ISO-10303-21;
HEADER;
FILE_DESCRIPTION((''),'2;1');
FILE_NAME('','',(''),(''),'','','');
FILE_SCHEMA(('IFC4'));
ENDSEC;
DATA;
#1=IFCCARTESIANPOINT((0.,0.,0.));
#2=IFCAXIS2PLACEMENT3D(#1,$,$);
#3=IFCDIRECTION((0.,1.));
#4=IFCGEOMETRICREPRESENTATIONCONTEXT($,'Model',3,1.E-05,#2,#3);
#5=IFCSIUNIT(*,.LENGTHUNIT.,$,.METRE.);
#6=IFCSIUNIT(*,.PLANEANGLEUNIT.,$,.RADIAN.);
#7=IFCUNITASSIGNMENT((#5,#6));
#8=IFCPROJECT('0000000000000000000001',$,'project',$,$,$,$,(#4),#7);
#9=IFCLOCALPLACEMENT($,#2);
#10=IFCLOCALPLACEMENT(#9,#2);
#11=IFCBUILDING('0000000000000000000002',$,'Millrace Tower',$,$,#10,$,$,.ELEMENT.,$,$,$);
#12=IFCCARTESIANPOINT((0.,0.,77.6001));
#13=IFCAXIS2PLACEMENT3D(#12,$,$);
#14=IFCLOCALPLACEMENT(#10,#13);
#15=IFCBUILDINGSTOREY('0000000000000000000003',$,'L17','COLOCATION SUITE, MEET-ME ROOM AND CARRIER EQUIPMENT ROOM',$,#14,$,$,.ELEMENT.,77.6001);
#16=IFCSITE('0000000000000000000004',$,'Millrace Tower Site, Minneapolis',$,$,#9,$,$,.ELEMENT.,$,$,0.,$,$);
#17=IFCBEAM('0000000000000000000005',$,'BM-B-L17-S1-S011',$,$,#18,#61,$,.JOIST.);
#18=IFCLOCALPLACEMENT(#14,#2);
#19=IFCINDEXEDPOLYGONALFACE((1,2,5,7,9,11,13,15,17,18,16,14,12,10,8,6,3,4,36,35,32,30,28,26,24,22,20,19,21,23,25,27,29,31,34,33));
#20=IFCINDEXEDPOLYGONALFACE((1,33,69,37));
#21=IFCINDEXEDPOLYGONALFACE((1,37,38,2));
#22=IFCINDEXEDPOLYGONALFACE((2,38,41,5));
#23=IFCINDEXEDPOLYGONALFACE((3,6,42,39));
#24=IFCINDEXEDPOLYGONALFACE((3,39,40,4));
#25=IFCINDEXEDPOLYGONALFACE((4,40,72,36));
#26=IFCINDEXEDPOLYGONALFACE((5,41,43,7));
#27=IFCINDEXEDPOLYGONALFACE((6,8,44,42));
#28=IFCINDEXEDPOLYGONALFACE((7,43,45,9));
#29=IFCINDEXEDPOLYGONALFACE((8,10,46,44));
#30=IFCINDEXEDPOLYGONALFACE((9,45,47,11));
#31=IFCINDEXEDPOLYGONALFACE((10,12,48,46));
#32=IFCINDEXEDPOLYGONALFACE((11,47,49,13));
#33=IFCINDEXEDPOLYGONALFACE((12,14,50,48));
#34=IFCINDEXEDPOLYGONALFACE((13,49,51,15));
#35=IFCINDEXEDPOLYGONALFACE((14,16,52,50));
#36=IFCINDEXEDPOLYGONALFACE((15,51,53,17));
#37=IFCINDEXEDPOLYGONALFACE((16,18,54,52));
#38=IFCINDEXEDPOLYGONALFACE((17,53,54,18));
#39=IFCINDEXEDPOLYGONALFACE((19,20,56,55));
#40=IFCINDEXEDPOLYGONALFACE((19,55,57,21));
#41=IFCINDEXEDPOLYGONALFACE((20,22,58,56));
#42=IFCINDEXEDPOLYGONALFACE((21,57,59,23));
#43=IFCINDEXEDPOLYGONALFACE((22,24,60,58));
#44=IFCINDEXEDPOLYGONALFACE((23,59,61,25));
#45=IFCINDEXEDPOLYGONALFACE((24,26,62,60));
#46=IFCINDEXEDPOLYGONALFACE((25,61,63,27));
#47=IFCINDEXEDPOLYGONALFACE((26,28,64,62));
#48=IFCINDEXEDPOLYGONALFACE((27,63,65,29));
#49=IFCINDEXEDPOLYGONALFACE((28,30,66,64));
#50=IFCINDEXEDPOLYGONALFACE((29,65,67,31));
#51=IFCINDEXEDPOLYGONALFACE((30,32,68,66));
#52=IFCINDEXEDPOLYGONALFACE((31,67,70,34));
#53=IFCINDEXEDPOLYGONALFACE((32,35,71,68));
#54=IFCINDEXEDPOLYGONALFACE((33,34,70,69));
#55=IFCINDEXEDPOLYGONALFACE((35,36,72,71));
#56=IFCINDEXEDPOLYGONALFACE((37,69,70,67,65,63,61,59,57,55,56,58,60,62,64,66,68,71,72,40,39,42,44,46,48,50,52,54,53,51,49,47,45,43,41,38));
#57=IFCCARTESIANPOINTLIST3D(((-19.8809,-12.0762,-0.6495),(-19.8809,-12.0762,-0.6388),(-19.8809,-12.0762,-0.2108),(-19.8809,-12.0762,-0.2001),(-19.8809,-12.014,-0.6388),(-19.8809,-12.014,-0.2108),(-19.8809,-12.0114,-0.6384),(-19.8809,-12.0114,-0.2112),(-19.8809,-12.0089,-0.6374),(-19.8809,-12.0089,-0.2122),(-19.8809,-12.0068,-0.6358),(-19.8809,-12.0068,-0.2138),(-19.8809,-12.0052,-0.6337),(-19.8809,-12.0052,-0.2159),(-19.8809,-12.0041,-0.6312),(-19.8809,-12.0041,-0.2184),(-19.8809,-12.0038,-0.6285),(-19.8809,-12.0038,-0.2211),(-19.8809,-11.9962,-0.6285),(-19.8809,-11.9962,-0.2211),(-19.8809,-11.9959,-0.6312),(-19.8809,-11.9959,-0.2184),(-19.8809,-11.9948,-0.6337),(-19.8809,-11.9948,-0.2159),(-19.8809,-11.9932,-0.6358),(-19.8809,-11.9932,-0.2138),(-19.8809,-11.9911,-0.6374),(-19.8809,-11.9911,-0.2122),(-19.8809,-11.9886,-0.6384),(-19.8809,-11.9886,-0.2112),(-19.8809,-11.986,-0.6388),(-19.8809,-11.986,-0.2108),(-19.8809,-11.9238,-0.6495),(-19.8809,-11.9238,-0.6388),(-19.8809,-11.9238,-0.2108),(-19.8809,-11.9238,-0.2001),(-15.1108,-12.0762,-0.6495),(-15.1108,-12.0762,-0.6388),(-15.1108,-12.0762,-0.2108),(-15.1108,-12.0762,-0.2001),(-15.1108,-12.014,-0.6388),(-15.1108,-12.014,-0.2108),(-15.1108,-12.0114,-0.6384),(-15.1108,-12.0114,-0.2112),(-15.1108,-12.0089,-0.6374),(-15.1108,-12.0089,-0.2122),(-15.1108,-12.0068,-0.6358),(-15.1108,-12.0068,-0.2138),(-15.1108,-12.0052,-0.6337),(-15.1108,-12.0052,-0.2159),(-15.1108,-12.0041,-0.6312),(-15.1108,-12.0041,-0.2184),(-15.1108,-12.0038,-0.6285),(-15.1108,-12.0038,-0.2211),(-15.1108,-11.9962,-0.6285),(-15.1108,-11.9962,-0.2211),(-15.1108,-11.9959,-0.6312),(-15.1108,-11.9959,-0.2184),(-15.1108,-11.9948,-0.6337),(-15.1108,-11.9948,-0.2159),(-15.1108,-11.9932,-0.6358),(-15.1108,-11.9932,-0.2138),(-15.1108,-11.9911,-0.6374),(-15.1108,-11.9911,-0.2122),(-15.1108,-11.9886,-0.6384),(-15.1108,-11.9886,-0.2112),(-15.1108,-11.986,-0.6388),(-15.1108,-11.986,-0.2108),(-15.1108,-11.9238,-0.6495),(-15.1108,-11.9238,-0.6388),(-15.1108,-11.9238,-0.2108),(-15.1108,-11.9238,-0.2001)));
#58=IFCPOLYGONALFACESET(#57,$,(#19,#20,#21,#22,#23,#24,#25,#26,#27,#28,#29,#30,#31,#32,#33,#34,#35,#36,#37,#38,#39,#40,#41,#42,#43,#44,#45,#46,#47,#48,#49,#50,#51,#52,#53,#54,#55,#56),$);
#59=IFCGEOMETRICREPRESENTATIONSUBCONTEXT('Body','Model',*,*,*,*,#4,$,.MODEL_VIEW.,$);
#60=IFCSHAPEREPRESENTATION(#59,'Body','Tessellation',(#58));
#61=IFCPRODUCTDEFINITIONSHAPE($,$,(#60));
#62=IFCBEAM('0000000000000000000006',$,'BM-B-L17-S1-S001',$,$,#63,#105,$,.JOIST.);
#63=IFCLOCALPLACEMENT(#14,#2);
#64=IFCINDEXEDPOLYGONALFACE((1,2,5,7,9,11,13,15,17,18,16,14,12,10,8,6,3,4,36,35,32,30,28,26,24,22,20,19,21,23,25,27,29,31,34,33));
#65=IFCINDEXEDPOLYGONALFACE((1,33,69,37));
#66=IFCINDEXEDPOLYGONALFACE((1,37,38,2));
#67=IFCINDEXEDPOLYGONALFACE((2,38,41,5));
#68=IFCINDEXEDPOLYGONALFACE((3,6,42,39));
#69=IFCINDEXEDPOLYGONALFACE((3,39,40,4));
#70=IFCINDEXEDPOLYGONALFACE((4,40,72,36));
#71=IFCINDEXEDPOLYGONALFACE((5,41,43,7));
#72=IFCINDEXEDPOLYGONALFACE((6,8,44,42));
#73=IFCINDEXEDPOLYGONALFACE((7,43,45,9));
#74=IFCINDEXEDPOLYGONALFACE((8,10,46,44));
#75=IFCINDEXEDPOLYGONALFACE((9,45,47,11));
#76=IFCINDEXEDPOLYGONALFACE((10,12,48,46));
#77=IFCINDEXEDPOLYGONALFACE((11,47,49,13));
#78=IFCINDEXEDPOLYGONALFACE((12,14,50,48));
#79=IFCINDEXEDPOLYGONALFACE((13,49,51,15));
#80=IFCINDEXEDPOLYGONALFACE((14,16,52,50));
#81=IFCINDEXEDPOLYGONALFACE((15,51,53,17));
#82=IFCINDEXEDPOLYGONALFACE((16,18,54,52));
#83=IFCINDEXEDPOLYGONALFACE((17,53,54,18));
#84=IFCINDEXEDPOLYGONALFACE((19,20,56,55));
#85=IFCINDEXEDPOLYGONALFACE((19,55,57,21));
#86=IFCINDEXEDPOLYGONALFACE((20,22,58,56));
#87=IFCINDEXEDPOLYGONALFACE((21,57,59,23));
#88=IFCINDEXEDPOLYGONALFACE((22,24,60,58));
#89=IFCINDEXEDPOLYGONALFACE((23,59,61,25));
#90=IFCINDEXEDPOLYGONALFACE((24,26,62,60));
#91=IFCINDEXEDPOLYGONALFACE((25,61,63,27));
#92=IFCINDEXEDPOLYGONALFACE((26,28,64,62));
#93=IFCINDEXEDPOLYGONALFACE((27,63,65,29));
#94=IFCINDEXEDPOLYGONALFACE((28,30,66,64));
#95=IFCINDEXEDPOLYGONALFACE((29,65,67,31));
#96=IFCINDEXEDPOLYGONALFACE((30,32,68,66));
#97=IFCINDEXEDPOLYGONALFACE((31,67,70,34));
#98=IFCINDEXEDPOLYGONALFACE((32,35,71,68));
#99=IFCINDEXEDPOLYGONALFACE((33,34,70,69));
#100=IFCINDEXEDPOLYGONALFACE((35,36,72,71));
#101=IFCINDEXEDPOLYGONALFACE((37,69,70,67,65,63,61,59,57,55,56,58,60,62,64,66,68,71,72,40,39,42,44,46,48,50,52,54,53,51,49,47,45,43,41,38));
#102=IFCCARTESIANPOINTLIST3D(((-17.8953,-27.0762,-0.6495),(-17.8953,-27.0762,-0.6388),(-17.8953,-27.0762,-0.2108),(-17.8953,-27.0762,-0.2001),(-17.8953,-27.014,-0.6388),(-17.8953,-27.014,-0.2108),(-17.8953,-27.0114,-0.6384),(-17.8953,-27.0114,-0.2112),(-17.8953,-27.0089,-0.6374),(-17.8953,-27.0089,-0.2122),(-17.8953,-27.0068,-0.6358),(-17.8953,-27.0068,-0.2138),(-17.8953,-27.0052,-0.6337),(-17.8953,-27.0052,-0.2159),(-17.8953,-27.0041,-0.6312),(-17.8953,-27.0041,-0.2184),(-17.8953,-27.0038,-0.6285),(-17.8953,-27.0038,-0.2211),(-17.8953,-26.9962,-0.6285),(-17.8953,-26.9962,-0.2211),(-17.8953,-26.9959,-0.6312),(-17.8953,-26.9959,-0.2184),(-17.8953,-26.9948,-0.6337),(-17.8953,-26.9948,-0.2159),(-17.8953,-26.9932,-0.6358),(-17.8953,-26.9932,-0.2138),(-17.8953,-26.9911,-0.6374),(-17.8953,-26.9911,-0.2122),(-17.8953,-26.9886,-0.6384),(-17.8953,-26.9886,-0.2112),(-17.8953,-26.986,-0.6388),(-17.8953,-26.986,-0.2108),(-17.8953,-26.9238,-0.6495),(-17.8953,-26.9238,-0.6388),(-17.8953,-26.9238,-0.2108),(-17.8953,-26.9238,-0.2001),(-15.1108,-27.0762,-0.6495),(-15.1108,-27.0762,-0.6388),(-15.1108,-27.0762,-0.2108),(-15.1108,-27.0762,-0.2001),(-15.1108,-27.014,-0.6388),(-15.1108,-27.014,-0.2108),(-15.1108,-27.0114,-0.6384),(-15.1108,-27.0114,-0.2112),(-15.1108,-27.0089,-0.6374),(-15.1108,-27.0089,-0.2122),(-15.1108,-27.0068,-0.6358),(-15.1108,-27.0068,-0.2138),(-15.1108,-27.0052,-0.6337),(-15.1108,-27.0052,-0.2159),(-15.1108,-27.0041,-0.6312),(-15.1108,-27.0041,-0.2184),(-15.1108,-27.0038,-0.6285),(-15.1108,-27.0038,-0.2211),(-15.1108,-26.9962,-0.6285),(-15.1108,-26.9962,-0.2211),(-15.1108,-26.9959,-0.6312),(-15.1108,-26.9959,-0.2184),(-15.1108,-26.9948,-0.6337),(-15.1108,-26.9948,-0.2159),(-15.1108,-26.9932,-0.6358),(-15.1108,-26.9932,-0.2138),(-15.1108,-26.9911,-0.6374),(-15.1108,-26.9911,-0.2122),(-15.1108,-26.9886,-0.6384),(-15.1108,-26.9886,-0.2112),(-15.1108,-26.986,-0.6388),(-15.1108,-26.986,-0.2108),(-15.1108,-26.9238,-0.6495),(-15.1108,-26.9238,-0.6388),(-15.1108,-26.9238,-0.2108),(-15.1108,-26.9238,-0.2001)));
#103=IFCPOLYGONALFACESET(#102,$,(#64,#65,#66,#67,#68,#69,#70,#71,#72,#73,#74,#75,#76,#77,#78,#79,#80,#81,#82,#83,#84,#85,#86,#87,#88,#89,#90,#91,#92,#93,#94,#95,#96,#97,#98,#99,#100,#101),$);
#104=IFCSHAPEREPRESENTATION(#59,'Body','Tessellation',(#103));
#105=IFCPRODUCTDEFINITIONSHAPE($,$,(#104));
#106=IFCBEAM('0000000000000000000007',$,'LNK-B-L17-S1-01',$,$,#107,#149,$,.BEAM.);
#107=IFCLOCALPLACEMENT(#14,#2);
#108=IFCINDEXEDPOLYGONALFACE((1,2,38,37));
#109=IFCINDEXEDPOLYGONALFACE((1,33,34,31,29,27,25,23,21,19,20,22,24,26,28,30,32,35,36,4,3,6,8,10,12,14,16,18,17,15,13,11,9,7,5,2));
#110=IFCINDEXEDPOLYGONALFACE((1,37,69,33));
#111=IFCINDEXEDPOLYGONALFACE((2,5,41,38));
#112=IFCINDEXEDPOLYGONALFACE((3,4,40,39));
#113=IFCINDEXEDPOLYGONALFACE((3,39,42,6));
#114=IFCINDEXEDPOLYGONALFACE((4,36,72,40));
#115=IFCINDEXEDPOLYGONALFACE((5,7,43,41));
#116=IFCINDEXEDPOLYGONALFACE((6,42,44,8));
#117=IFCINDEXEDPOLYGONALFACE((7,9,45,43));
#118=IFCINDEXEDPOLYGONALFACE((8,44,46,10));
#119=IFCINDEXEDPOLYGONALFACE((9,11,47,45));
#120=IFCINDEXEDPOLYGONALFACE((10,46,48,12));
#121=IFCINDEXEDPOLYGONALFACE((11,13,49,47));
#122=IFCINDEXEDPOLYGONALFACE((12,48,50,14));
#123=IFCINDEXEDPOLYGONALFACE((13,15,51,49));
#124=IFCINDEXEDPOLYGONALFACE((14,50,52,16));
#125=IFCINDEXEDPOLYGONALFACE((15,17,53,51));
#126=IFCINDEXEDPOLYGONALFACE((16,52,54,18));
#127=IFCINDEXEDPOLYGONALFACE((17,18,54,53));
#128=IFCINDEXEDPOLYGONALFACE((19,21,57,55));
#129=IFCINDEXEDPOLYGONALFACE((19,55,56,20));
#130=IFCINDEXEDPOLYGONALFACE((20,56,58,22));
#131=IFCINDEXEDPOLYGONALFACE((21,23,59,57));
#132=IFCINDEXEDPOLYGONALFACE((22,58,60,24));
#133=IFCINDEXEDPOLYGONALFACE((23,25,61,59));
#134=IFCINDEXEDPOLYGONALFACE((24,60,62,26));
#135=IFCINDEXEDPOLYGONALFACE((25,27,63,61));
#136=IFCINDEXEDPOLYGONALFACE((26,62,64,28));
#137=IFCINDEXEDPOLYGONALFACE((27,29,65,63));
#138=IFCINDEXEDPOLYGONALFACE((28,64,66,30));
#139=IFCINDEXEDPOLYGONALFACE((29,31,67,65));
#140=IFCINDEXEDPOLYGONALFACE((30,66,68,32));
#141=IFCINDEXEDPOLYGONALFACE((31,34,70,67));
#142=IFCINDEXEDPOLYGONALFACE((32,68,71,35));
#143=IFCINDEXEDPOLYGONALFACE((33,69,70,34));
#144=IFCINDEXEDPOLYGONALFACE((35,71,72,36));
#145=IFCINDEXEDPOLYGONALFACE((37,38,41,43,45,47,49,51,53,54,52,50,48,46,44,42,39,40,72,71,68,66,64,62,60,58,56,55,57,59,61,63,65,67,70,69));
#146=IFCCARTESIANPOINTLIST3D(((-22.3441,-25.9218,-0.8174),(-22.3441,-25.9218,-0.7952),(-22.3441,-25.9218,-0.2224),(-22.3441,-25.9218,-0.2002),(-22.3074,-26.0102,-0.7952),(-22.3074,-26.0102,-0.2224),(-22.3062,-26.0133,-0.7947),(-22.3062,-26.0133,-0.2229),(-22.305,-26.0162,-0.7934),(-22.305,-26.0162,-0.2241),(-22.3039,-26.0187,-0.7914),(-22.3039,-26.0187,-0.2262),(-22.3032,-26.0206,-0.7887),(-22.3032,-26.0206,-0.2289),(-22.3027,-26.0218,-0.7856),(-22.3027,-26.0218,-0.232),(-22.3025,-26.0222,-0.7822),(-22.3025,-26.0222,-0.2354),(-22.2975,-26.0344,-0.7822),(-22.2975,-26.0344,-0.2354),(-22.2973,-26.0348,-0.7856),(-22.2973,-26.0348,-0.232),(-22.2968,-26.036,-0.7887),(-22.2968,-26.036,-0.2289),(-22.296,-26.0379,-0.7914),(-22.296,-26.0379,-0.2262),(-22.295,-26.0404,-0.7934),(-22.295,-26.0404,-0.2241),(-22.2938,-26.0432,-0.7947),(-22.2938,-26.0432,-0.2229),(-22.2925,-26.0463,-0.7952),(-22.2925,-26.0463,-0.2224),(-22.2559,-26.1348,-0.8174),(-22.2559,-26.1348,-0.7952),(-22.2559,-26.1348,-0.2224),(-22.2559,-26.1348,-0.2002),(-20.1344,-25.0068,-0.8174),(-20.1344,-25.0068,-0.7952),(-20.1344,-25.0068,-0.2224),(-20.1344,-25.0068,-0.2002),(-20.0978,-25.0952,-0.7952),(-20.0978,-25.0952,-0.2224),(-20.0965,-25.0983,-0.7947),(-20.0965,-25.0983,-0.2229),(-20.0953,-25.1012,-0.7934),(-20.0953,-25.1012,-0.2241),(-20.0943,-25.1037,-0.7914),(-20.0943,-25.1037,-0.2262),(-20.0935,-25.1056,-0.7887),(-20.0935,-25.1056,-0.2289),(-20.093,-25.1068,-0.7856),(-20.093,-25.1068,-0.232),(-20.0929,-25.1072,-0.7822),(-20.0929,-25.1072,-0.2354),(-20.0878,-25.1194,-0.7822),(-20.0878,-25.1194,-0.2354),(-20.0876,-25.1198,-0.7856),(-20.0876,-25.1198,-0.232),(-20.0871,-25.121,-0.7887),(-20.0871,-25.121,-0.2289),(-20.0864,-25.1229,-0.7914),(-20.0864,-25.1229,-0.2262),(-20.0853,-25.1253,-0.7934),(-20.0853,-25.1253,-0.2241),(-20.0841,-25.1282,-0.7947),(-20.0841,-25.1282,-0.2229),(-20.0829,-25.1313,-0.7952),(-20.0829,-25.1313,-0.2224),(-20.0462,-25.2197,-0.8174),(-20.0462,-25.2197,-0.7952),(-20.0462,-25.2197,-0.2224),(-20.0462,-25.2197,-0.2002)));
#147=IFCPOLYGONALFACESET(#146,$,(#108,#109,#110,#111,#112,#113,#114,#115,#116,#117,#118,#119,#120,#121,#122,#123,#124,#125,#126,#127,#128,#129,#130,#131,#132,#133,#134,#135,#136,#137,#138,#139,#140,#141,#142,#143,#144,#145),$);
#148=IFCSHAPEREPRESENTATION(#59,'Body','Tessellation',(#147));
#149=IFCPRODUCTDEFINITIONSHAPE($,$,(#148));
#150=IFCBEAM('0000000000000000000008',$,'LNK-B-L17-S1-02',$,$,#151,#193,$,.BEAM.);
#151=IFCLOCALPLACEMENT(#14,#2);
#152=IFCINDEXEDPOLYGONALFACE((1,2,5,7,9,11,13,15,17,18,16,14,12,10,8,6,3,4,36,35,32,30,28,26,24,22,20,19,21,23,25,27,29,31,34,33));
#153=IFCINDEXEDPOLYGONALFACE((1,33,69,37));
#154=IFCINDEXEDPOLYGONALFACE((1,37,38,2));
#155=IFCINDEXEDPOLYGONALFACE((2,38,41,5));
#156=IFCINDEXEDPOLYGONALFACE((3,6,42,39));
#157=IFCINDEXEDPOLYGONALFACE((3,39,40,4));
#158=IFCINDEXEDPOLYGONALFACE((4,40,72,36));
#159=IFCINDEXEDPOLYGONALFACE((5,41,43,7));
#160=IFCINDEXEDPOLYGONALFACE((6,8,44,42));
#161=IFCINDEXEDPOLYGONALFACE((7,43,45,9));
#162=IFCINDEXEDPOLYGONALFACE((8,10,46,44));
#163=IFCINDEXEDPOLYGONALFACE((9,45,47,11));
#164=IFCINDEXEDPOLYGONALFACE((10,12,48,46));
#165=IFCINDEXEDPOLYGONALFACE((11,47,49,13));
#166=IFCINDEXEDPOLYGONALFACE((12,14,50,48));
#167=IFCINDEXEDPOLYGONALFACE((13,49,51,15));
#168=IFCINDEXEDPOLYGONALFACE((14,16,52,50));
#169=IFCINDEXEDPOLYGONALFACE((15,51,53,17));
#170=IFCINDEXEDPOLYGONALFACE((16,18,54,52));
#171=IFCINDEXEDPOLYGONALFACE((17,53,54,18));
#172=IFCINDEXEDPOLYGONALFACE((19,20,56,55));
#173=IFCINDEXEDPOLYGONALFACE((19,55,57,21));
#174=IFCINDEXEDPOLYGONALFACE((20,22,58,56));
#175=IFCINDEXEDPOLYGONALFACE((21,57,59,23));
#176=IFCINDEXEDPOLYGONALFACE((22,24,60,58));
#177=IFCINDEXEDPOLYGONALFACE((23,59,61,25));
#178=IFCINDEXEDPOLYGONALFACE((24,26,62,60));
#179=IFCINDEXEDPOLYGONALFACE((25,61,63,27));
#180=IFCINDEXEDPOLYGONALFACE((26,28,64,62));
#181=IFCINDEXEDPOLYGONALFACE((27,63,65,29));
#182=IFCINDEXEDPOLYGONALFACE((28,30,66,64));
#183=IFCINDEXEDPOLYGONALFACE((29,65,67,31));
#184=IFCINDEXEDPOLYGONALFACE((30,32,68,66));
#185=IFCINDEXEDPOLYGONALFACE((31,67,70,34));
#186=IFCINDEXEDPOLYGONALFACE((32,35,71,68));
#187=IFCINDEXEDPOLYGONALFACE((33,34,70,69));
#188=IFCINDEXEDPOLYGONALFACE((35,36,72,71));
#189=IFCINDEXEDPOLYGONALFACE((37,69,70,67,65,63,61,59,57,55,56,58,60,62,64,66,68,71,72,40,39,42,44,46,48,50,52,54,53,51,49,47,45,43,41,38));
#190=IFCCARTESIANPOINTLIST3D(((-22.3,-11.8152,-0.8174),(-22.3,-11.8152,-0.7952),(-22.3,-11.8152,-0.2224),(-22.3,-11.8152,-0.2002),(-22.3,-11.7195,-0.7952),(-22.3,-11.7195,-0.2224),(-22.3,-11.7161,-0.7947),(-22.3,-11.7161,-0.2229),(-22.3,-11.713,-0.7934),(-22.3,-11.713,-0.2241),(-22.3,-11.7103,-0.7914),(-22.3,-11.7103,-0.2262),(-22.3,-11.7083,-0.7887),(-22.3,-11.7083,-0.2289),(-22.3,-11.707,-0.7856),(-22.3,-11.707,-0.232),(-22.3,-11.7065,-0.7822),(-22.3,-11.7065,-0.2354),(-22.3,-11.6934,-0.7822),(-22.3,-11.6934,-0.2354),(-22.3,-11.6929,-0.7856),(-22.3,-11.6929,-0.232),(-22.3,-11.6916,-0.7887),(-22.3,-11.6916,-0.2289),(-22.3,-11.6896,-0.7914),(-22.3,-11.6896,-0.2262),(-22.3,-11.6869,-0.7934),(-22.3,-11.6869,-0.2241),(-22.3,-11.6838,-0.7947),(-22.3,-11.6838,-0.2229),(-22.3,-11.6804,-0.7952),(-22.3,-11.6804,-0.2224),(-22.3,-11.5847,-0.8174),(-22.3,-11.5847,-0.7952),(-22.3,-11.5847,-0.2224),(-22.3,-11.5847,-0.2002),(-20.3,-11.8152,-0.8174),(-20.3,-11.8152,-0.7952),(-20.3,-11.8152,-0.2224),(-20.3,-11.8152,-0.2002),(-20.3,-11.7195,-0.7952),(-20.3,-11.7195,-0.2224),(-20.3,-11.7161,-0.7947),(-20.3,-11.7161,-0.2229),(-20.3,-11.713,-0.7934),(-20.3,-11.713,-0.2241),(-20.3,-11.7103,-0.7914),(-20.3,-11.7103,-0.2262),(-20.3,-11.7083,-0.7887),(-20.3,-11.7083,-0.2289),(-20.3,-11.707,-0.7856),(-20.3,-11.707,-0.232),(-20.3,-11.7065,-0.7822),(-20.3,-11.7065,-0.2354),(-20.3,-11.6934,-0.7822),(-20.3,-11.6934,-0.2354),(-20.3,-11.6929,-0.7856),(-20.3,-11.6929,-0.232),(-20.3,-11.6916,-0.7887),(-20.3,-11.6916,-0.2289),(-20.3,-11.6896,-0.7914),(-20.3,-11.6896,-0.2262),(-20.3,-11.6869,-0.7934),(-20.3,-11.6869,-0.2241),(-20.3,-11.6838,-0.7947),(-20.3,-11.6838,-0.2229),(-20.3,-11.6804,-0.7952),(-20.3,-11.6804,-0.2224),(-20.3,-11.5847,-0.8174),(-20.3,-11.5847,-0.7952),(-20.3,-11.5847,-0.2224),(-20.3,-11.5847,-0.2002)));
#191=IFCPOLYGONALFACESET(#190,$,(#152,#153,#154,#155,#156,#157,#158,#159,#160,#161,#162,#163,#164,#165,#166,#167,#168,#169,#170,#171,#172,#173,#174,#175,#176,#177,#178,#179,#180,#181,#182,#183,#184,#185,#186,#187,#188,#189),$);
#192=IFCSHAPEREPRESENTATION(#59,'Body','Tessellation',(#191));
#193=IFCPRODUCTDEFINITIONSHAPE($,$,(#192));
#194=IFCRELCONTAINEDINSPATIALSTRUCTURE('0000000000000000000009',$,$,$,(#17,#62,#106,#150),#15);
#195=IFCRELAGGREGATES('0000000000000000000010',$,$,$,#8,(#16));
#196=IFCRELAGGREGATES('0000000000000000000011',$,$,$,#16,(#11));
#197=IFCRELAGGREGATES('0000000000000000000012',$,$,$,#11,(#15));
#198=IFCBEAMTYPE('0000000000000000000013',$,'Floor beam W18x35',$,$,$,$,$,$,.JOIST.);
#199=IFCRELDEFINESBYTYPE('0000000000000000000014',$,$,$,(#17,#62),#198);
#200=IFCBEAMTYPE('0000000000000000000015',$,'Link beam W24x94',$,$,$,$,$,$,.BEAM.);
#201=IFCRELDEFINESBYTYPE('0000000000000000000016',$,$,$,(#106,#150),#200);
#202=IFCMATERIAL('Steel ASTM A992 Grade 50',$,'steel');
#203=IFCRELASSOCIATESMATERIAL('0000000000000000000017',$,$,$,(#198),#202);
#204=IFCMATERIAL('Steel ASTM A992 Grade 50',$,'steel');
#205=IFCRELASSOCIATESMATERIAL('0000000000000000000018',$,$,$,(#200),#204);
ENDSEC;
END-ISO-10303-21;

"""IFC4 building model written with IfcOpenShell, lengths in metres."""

from ifc_helpers import new_model, si_unit, direction, frame, origin, origin_2d, place, context, subcontext, project, spatial, i_section, extrude, material, material_profile, profile_set, type_object, element, save


model = new_model("IFC4")

# Units and contexts
model_context = context("Model", 3, precision=1e-05, world=origin(), true_north=direction((0.0, 1.0)))
body_context = subcontext(model_context, "Body", "Model", "MODEL_VIEW")
ifc_project = project(units=[si_unit("LENGTHUNIT", "METRE"), si_unit("PLANEANGLEUNIT", "RADIAN")], contexts=[model_context])

# Site, building, storey
site_placement = place(None, origin())
site = spatial("IfcSite", under=ifc_project, at=site_placement, Name="Millrace Tower Site, Minneapolis", CompositionType="ELEMENT", RefElevation=0.0)
building_placement = place(site_placement, origin())
building = spatial("IfcBuilding", under=site, at=building_placement, Name="Millrace Tower", CompositionType="ELEMENT")
storey_placement = place(building_placement, frame((0.0, 0.0, 77.6001)))
storey = spatial("IfcBuildingStorey", under=building, at=storey_placement, Name="L17", Description="COLOCATION SUITE, MEET-ME ROOM AND CARRIER EQUIPMENT ROOM", CompositionType="ELEMENT", Elevation=77.6001)

# Beams
ifc_material_1 = material(Name="Steel ASTM A992 Grade 50", Category="steel")
ifc_material_profile_1 = material_profile(ifc_material_1, i_section(OverallWidth=0.1523, OverallDepth=0.4495, WebThickness=0.0076, FlangeThickness=0.0107, FilletRadius=0.0103, at=origin_2d()))
ifc_profile_set_1 = profile_set([ifc_material_profile_1], Name="Steel ASTM A992 Grade 50")
beam_type_1 = type_object("IfcBeamType", Name="Floor beam W18x35", PredefinedType="JOIST", material=ifc_profile_set_1)
for number, where, z_axis, x_axis, name in (
    (1, (-19.8809, -12.0, -0.4248), (1.0, 0.0, 0.0), (0.0, 1.0, 0.0), "BM-B-L17-S1-S011"),
):
    element("IfcBeam", number, at=place(storey_placement, frame(where, z_axis=z_axis, x_axis=x_axis)), inside=storey, type_object=beam_type_1, Name=name, PredefinedType="JOIST", context=body_context, shape_type="SweptSolid", body=[
        extrude(i_section(OverallWidth=0.1523, OverallDepth=0.4495, WebThickness=0.0076, FlangeThickness=0.0107, FilletRadius=0.0103, at=origin_2d()), origin(), (0.0, 0.0, 1.0), 4.77),
    ])
beam_1_placement = place(storey_placement, frame((-17.8953, -27.0, -0.4248), z_axis=(1.0, 0.0, 0.0), x_axis=(0.0, 1.0, 0.0)))
element("IfcBeam", 2, at=beam_1_placement, inside=storey, type_object=beam_type_1, Name="BM-B-L17-S1-S001", PredefinedType="JOIST", context=body_context, shape_type="SweptSolid", body=[
    extrude(i_section(OverallWidth=0.1523, OverallDepth=0.4495, WebThickness=0.0076, FlangeThickness=0.0107, FilletRadius=0.0103, at=origin_2d()), origin(), (0.0, 0.0, 1.0), 2.7844),
])
ifc_material_2 = material(Name="Steel ASTM A992 Grade 50", Category="steel")
ifc_material_profile_2 = material_profile(ifc_material_2, i_section(OverallWidth=0.2305, OverallDepth=0.6172, WebThickness=0.0132, FlangeThickness=0.0222, FilletRadius=0.0129, at=origin_2d()))
ifc_profile_set_2 = profile_set([ifc_material_profile_2], Name="Steel ASTM A992 Grade 50")
beam_type_2 = type_object("IfcBeamType", Name="Link beam W24x94", PredefinedType="BEAM", material=ifc_profile_set_2)
beam_2_placement = place(storey_placement, frame((-20.0903, -25.1133, -0.5088), z_axis=(-0.923917, -0.382592, 0.0), x_axis=(0.382592, -0.923917, 0.0)))
element("IfcBeam", 3, at=beam_2_placement, inside=storey, type_object=beam_type_2, Name="LNK-B-L17-S1-01", PredefinedType="BEAM", context=body_context, shape_type="SweptSolid", body=[
    extrude(i_section(OverallWidth=0.2305, OverallDepth=0.6172, WebThickness=0.0132, FlangeThickness=0.0222, FilletRadius=0.0129, at=origin_2d()), origin(), (0.0, 0.0, 1.0), 2.3916),
])
beam_3_placement = place(storey_placement, frame((-20.3, -11.7, -0.5088), z_axis=(-1.0, 0.0, 0.0), x_axis=(0.0, -1.0, 0.0)))
element("IfcBeam", 4, at=beam_3_placement, inside=storey, type_object=beam_type_2, Name="LNK-B-L17-S1-02", PredefinedType="BEAM", context=body_context, shape_type="SweptSolid", body=[
    extrude(i_section(OverallWidth=0.2305, OverallDepth=0.6172, WebThickness=0.0132, FlangeThickness=0.0222, FilletRadius=0.0129, at=origin_2d()), origin(), (0.0, 0.0, 1.0), 2.0),
])

save(model, "model.ifc")
